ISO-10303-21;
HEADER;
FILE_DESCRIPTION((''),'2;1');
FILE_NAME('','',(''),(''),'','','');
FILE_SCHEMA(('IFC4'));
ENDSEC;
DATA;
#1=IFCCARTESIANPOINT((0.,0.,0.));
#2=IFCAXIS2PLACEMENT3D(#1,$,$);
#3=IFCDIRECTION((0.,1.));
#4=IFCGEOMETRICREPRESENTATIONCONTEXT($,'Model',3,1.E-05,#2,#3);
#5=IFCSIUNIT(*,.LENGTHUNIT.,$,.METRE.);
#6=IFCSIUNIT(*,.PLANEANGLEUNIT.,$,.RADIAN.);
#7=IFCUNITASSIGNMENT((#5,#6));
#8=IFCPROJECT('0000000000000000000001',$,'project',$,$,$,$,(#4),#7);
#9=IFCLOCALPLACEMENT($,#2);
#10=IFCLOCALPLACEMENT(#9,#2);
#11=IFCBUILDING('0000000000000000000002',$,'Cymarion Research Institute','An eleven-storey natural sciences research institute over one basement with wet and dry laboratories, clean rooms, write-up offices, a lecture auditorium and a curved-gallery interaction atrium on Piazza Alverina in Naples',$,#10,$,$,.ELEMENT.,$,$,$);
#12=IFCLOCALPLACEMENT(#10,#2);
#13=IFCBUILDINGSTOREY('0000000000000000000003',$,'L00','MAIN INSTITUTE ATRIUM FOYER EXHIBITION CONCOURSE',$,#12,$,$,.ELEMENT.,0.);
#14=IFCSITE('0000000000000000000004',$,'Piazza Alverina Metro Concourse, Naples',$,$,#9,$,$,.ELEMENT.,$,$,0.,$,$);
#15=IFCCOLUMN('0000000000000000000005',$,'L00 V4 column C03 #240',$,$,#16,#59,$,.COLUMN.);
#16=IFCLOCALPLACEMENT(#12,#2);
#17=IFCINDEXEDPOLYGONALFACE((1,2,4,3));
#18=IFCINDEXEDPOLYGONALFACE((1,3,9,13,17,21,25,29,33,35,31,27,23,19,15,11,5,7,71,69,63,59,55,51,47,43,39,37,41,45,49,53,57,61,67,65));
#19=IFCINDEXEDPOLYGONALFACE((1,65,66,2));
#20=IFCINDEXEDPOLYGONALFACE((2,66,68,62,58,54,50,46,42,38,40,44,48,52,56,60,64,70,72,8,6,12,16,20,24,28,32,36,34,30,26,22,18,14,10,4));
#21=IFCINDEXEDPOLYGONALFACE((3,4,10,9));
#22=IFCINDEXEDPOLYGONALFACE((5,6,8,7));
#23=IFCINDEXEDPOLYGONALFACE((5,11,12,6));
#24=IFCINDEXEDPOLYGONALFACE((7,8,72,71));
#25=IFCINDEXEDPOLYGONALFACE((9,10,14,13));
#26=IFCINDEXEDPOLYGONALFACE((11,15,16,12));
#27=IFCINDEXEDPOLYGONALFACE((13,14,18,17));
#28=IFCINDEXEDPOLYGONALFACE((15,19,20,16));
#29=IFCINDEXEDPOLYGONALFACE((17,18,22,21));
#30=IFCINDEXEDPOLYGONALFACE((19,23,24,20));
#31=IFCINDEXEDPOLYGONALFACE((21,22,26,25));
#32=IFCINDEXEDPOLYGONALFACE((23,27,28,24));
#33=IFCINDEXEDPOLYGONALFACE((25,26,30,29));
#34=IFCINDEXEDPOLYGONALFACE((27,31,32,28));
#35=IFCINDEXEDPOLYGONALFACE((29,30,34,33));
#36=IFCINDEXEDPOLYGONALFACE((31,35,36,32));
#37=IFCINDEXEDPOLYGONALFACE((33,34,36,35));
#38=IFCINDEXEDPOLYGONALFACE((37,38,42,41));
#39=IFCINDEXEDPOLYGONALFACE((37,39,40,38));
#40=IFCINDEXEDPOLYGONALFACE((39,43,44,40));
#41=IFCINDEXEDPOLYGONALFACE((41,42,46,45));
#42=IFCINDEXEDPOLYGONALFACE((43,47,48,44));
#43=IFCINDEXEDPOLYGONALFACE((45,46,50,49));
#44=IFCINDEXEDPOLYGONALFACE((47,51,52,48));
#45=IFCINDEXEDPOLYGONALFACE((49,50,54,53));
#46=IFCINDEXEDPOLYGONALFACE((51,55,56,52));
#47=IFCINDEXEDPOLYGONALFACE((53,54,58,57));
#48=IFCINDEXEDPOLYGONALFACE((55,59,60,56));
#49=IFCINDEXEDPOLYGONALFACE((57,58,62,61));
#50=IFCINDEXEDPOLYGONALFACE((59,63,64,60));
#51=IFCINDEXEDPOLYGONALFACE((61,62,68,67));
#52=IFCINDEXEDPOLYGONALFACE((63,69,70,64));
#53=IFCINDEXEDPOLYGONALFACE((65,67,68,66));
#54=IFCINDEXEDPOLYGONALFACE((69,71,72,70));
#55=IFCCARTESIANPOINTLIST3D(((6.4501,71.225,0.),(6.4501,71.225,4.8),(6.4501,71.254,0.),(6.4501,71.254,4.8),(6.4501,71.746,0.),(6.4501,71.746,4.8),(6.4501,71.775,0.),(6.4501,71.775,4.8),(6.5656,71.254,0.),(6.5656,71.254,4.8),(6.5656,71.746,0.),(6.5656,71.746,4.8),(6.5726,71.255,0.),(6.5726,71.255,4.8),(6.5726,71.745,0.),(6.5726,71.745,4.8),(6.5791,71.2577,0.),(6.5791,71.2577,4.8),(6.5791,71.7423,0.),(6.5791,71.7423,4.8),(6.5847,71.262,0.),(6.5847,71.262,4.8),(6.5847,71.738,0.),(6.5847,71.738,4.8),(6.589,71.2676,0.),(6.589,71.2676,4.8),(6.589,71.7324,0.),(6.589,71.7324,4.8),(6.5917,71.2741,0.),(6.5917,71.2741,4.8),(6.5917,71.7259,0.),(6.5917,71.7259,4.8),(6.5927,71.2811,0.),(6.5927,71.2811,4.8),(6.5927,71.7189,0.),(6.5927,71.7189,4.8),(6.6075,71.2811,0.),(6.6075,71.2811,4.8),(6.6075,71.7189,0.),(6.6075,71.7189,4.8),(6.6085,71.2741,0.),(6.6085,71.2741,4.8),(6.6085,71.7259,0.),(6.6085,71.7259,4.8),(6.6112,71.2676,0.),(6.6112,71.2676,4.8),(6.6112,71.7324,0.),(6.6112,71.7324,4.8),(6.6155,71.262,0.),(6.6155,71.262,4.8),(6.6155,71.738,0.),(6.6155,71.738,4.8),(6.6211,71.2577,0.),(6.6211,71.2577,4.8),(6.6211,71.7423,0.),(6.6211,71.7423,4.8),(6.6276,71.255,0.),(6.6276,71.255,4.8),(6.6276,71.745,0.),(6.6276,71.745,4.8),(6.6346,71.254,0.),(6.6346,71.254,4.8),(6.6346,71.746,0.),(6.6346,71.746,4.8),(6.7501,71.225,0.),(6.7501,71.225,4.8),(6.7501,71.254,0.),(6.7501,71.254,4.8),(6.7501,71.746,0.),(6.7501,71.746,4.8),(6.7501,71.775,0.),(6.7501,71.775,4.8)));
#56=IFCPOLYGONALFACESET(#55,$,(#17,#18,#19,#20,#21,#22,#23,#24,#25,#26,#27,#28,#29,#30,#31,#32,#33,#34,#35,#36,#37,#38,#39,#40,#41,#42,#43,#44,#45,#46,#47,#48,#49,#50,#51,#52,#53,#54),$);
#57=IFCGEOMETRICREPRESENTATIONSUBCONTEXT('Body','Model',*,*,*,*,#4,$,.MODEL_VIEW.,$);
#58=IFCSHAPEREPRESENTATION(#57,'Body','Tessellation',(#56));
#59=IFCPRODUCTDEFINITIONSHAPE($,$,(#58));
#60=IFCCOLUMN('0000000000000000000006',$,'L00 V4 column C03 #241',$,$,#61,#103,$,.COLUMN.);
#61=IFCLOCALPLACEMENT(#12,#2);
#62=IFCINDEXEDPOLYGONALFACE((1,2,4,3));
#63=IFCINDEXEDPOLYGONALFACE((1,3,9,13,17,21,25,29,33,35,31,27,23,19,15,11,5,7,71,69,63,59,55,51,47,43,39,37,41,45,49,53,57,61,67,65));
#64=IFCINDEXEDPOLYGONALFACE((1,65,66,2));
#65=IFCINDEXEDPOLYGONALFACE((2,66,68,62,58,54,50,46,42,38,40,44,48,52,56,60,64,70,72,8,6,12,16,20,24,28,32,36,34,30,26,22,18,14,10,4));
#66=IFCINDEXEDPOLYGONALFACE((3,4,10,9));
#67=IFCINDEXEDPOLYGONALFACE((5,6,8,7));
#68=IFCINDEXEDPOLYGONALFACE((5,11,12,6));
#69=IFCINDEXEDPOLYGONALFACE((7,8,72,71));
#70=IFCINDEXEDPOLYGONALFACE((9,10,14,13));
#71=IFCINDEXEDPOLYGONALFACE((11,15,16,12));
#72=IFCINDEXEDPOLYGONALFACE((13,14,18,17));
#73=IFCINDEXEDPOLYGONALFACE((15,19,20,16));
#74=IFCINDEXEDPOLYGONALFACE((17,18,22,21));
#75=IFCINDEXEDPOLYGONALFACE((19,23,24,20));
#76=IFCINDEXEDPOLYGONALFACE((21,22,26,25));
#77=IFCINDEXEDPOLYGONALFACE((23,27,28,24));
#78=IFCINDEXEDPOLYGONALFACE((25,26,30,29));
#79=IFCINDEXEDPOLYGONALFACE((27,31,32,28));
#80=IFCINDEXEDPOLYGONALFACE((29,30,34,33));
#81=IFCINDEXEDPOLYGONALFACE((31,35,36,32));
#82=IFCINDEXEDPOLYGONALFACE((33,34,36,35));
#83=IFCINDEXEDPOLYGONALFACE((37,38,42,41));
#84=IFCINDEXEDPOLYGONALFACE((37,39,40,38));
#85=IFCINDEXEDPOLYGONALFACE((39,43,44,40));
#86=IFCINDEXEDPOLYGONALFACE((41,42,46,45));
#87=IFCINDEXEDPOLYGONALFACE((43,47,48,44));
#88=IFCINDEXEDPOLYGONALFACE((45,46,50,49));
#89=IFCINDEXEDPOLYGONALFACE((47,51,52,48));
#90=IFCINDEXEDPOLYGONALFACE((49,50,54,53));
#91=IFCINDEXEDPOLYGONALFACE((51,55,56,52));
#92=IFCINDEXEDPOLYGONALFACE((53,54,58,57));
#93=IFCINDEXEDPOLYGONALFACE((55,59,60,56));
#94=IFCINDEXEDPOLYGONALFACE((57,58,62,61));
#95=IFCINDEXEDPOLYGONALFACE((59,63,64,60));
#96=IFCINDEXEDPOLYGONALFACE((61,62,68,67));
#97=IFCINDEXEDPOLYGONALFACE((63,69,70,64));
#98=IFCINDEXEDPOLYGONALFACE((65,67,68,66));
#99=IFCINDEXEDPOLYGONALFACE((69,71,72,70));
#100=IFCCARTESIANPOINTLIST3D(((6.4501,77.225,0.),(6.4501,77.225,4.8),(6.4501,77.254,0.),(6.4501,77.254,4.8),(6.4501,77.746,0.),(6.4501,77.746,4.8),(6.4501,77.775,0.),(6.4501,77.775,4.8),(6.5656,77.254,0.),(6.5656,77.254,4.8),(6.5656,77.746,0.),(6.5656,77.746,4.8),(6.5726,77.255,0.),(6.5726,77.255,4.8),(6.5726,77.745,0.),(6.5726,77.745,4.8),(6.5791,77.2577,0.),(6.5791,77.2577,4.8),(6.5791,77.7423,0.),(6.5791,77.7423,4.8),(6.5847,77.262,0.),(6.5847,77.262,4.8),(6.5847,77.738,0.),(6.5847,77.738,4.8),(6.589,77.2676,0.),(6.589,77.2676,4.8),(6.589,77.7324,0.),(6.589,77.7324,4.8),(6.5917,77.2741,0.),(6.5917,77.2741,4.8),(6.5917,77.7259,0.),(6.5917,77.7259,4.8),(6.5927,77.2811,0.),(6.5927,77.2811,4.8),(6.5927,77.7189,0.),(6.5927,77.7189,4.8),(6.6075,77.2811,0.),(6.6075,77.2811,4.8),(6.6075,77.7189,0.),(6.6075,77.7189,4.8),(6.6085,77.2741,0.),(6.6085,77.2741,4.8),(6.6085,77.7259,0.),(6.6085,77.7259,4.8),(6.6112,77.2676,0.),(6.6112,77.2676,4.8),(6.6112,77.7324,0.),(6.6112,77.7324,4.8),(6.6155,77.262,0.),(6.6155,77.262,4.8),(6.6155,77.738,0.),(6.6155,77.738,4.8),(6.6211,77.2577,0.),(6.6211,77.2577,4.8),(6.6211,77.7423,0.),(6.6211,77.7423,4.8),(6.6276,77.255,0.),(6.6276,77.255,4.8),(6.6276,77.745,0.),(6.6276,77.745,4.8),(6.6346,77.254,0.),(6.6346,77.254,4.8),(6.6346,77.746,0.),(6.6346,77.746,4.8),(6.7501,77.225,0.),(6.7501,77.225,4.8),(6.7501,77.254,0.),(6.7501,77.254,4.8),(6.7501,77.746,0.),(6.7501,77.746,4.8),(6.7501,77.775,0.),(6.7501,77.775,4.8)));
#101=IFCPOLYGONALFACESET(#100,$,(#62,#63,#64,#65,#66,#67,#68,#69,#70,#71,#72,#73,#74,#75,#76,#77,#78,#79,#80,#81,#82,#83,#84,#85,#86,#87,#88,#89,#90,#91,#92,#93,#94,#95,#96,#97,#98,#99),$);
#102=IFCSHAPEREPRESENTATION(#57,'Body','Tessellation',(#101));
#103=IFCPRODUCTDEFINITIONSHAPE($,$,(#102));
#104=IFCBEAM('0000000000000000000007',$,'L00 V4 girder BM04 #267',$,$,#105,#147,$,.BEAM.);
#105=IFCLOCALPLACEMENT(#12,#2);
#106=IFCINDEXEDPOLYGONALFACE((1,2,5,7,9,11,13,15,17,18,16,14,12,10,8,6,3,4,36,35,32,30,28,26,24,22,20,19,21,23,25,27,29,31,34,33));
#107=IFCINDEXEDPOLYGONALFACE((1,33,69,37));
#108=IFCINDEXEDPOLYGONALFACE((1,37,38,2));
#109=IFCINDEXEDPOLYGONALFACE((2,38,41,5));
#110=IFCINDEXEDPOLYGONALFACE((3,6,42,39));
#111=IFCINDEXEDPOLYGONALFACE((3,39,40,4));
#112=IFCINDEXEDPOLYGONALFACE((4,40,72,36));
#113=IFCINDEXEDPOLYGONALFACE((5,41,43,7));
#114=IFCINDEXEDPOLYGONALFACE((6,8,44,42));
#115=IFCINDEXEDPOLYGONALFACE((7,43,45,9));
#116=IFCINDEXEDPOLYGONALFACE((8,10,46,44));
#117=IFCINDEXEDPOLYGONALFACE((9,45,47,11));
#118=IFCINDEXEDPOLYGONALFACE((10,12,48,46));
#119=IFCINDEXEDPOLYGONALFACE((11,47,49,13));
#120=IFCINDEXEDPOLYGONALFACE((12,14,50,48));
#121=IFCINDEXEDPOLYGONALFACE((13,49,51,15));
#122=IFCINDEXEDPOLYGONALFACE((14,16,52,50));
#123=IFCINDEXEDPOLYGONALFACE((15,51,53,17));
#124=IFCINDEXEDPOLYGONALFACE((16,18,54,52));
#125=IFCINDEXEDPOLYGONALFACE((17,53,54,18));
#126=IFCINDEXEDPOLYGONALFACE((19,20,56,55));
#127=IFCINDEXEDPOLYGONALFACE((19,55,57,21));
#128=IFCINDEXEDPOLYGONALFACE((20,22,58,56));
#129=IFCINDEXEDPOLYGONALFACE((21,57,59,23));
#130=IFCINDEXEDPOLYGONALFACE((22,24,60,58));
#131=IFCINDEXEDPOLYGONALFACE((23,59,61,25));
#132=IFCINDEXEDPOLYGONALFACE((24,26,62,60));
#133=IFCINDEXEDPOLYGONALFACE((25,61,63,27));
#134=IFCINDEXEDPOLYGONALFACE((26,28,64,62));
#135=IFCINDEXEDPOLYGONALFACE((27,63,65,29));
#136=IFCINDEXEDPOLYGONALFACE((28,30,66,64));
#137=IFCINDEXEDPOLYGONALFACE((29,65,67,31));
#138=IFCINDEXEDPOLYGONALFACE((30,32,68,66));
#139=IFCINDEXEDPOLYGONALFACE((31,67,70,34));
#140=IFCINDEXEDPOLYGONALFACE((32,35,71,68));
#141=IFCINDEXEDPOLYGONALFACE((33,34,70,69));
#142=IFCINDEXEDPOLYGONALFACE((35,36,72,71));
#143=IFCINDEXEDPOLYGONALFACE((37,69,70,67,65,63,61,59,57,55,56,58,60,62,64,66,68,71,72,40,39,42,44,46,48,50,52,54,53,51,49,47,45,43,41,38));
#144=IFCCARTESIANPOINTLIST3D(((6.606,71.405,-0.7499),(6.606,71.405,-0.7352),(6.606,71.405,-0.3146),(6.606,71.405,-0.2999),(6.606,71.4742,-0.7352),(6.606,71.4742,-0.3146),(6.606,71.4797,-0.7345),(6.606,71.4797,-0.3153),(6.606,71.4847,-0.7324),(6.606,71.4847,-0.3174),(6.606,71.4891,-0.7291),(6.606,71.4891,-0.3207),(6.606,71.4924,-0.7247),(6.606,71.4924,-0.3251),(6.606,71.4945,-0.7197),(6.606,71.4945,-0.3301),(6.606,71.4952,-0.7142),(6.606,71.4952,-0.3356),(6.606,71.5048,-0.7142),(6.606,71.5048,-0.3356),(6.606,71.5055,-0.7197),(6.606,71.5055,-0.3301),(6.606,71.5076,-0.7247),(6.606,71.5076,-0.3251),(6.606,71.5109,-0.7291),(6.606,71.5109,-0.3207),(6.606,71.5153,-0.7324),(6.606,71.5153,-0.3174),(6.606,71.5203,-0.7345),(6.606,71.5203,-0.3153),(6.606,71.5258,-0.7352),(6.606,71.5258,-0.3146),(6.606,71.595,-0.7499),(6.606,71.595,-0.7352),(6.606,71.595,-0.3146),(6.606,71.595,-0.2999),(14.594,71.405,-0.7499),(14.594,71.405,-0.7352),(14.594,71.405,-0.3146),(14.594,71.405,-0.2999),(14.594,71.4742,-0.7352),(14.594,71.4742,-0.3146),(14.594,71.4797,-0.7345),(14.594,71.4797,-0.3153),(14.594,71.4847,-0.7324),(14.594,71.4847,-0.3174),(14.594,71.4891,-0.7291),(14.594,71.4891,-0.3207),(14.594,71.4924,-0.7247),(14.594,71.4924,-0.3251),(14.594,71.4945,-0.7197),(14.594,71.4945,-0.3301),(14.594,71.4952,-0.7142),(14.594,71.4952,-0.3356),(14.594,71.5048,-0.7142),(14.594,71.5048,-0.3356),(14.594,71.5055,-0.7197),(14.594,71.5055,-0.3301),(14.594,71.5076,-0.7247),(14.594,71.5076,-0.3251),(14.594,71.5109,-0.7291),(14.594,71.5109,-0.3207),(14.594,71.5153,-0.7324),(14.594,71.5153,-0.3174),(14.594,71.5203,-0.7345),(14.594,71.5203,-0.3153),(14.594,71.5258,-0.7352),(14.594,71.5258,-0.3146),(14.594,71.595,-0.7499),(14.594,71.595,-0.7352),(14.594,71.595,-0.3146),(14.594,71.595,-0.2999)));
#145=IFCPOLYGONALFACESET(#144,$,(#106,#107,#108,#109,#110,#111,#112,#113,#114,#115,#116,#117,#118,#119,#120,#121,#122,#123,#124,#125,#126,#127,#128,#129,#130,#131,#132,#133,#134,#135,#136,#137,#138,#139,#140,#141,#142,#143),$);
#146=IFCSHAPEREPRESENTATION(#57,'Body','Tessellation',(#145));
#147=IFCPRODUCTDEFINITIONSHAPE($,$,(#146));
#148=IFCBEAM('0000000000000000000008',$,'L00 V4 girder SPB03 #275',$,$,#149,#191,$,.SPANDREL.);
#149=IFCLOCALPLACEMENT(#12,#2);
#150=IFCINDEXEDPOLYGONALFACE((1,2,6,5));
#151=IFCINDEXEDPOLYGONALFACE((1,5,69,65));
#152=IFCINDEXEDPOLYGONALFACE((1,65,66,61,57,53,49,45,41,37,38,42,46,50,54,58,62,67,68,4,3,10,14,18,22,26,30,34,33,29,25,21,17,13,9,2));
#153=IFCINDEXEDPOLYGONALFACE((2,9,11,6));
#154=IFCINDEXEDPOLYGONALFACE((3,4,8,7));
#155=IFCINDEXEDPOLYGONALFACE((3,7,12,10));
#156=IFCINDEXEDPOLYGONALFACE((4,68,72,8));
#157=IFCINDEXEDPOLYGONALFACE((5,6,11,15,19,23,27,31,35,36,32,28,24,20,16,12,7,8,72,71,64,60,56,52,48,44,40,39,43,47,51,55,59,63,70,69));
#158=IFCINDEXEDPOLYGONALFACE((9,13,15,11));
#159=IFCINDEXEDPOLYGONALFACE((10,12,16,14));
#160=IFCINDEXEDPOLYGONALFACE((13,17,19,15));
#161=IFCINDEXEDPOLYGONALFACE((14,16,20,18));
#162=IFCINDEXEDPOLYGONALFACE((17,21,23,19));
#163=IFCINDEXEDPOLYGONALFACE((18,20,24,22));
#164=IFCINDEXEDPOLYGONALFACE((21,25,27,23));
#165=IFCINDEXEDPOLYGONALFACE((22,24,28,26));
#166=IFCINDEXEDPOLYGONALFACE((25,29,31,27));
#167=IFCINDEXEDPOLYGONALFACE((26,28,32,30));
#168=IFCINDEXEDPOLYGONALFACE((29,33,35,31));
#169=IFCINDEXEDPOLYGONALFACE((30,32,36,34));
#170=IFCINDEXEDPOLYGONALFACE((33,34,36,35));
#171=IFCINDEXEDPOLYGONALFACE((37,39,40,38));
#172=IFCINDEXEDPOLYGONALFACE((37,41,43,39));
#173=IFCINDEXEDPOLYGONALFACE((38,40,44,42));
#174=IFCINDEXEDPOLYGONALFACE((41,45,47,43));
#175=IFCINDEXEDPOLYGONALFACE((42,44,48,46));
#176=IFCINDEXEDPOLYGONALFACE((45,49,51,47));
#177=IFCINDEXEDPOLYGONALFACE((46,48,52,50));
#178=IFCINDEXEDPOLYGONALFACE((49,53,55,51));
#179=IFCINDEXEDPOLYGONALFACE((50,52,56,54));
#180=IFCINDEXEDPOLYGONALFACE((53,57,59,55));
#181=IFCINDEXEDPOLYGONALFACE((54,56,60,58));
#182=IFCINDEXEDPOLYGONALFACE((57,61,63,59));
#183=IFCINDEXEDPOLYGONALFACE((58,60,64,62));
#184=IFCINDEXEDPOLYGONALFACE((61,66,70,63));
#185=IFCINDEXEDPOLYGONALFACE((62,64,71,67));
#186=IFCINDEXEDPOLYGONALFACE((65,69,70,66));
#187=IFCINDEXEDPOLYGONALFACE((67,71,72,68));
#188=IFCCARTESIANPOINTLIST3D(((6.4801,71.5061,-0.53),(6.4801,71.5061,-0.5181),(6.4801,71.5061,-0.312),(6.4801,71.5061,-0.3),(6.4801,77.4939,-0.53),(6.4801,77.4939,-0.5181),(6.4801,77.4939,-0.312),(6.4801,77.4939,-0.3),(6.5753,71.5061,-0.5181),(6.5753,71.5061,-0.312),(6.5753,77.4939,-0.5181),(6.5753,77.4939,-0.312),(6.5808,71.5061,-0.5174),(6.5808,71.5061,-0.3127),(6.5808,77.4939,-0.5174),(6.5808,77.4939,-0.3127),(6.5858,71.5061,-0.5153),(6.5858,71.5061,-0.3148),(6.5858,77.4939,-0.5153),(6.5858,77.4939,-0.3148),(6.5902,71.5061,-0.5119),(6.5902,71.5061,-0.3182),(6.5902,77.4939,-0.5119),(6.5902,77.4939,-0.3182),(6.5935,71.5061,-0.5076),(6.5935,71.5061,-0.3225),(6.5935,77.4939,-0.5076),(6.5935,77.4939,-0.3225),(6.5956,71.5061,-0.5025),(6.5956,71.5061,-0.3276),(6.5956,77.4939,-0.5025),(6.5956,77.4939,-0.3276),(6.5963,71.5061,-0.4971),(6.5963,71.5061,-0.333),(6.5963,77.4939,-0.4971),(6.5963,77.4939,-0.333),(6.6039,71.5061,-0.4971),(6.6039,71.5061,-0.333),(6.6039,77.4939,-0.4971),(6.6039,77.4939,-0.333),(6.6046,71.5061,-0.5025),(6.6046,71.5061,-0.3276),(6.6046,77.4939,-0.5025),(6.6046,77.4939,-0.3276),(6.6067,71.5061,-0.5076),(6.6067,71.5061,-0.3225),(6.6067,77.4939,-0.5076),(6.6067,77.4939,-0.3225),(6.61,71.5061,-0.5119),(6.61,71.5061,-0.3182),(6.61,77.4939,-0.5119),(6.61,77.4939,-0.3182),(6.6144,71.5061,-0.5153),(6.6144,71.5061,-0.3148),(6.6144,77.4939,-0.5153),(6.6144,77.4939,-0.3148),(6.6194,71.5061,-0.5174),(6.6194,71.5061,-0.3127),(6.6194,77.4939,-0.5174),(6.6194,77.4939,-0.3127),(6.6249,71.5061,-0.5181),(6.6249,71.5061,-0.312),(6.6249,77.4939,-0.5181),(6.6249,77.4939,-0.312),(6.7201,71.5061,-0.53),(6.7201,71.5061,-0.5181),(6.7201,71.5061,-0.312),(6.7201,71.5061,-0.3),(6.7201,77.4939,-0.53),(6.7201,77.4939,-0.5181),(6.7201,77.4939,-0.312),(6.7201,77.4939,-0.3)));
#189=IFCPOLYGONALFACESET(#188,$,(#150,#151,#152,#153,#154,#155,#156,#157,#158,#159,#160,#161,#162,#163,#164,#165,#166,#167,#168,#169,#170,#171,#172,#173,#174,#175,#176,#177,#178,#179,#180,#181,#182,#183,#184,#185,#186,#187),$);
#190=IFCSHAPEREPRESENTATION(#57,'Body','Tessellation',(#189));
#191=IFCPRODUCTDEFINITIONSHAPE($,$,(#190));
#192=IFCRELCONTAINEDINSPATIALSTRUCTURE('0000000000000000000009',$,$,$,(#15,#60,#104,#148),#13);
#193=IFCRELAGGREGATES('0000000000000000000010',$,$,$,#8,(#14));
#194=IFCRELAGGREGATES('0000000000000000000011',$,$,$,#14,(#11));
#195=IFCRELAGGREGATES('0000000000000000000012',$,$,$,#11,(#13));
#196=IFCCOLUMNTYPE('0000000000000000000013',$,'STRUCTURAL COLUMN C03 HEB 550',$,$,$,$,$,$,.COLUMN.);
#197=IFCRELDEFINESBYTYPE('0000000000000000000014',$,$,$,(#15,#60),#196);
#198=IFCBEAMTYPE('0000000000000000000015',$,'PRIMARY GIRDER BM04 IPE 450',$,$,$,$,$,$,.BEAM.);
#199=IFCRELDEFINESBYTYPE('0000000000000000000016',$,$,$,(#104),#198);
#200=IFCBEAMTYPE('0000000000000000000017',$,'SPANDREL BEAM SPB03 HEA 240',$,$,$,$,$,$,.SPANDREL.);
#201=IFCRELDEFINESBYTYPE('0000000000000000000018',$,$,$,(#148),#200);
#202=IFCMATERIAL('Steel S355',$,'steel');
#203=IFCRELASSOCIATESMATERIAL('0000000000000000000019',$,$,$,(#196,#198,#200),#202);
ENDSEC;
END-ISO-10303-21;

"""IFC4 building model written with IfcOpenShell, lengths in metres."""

from ifc_helpers import new_model, si_unit, direction, frame, origin, origin_2d, place, context, subcontext, project, spatial, i_section, extrude, material, material_profile, profile_set, type_object, element, save


model = new_model("IFC4")

# Units and contexts
model_context = context("Model", 3, precision=1e-05, world=origin(), true_north=direction((0.0, 1.0)))
body_context = subcontext(model_context, "Body", "Model", "MODEL_VIEW")
ifc_project = project(units=[si_unit("LENGTHUNIT", "METRE"), si_unit("PLANEANGLEUNIT", "RADIAN")], contexts=[model_context])

# Site, building, storey
site_placement = place(None, origin())
site = spatial("IfcSite", under=ifc_project, at=site_placement, Name="Piazza Alverina Metro Concourse, Naples", CompositionType="ELEMENT", RefElevation=0.0)
building_placement = place(site_placement, origin())
building = spatial("IfcBuilding", under=site, at=building_placement, Name="Cymarion Research Institute", Description="An eleven-storey natural sciences research institute over one basement with wet and dry laboratories, clean rooms, write-up offices, a lecture auditorium and a curved-gallery interaction atrium on Piazza Alverina in Naples", CompositionType="ELEMENT")
storey_placement = place(building_placement, origin())
storey = spatial("IfcBuildingStorey", under=building, at=storey_placement, Name="L00", Description="MAIN INSTITUTE ATRIUM FOYER EXHIBITION CONCOURSE", CompositionType="ELEMENT", Elevation=0.0)

# Columns
ifc_material_1 = material(Name="Steel S355", Category="steel")
ifc_material_profile_1 = material_profile(ifc_material_1, i_section(OverallWidth=0.3, OverallDepth=0.55, WebThickness=0.0149, FlangeThickness=0.0291, FilletRadius=0.0271, at=origin_2d()), Name="HEB 550")
ifc_profile_set_1 = profile_set([ifc_material_profile_1], Name="Steel S355")
column_type = type_object("IfcColumnType", Name="STRUCTURAL COLUMN C03 HEB 550", PredefinedType="COLUMN", material=ifc_profile_set_1)
for number, where, z_axis, x_axis, name in (
    (1, (6.6001, 71.5, 0.0), (0.0, 0.0, 1.0), (1.0, 0.0, 0.0), "L00 V4 column C03 #240"),
    (2, (6.6001, 77.5, 0.0), (0.0, 0.0, 1.0), (1.0, 0.0, 0.0), "L00 V4 column C03 #241"),
):
    element("IfcColumn", number, at=place(storey_placement, frame(where, z_axis=z_axis, x_axis=x_axis)), inside=storey, type_object=column_type, Name=name, PredefinedType="COLUMN", context=body_context, shape_type="SweptSolid", body=[
        extrude(i_section(OverallWidth=0.3, OverallDepth=0.55, WebThickness=0.0149, FlangeThickness=0.0291, FilletRadius=0.0271, at=origin_2d()), origin(), (0.0, 0.0, 1.0), 4.8),
    ])

# Beams
ifc_material_profile_2 = material_profile(ifc_material_1, i_section(OverallWidth=0.1899, OverallDepth=0.45, WebThickness=0.0095, FlangeThickness=0.0146, FilletRadius=0.021, at=origin_2d()), Name="IPE 450")
ifc_profile_set_2 = profile_set([ifc_material_profile_2], Name="Steel S355")
beam_type_1 = type_object("IfcBeamType", Name="PRIMARY GIRDER BM04 IPE 450", PredefinedType="BEAM", material=ifc_profile_set_2)
beam_1_placement = place(storey_placement, frame((6.606, 71.5, -0.5249), z_axis=(1.0, 0.0, 0.0), x_axis=(0.0, 1.0, 0.0)))
element("IfcBeam", 3, at=beam_1_placement, inside=storey, type_object=beam_type_1, Name="L00 V4 girder BM04 #267", PredefinedType="BEAM", context=body_context, shape_type="SweptSolid", body=[
    extrude(i_section(OverallWidth=0.1899, OverallDepth=0.45, WebThickness=0.0095, FlangeThickness=0.0146, FilletRadius=0.021, at=origin_2d()), origin(), (0.0, 0.0, 1.0), 7.988),
])
ifc_material_profile_3 = material_profile(ifc_material_1, i_section(OverallWidth=0.24, OverallDepth=0.23, WebThickness=0.0076, FlangeThickness=0.012, FilletRadius=0.021, at=origin_2d()), Name="HEA 240")
ifc_profile_set_3 = profile_set([ifc_material_profile_3], Name="Steel S355")
beam_type_2 = type_object("IfcBeamType", Name="SPANDREL BEAM SPB03 HEA 240", PredefinedType="SPANDREL", material=ifc_profile_set_3)
beam_2_placement = place(storey_placement, frame((6.6001, 71.5061, -0.415), z_axis=(0.0, 1.0, 0.0), x_axis=(-1.0, 0.0, 0.0)))
element("IfcBeam", 4, at=beam_2_placement, inside=storey, type_object=beam_type_2, Name="L00 V4 girder SPB03 #275", PredefinedType="SPANDREL", context=body_context, shape_type="SweptSolid", body=[
    extrude(i_section(OverallWidth=0.24, OverallDepth=0.23, WebThickness=0.0076, FlangeThickness=0.012, FilletRadius=0.021, at=origin_2d()), origin(), (0.0, 0.0, 1.0), 5.9878),
])

save(model, "model.ifc")
